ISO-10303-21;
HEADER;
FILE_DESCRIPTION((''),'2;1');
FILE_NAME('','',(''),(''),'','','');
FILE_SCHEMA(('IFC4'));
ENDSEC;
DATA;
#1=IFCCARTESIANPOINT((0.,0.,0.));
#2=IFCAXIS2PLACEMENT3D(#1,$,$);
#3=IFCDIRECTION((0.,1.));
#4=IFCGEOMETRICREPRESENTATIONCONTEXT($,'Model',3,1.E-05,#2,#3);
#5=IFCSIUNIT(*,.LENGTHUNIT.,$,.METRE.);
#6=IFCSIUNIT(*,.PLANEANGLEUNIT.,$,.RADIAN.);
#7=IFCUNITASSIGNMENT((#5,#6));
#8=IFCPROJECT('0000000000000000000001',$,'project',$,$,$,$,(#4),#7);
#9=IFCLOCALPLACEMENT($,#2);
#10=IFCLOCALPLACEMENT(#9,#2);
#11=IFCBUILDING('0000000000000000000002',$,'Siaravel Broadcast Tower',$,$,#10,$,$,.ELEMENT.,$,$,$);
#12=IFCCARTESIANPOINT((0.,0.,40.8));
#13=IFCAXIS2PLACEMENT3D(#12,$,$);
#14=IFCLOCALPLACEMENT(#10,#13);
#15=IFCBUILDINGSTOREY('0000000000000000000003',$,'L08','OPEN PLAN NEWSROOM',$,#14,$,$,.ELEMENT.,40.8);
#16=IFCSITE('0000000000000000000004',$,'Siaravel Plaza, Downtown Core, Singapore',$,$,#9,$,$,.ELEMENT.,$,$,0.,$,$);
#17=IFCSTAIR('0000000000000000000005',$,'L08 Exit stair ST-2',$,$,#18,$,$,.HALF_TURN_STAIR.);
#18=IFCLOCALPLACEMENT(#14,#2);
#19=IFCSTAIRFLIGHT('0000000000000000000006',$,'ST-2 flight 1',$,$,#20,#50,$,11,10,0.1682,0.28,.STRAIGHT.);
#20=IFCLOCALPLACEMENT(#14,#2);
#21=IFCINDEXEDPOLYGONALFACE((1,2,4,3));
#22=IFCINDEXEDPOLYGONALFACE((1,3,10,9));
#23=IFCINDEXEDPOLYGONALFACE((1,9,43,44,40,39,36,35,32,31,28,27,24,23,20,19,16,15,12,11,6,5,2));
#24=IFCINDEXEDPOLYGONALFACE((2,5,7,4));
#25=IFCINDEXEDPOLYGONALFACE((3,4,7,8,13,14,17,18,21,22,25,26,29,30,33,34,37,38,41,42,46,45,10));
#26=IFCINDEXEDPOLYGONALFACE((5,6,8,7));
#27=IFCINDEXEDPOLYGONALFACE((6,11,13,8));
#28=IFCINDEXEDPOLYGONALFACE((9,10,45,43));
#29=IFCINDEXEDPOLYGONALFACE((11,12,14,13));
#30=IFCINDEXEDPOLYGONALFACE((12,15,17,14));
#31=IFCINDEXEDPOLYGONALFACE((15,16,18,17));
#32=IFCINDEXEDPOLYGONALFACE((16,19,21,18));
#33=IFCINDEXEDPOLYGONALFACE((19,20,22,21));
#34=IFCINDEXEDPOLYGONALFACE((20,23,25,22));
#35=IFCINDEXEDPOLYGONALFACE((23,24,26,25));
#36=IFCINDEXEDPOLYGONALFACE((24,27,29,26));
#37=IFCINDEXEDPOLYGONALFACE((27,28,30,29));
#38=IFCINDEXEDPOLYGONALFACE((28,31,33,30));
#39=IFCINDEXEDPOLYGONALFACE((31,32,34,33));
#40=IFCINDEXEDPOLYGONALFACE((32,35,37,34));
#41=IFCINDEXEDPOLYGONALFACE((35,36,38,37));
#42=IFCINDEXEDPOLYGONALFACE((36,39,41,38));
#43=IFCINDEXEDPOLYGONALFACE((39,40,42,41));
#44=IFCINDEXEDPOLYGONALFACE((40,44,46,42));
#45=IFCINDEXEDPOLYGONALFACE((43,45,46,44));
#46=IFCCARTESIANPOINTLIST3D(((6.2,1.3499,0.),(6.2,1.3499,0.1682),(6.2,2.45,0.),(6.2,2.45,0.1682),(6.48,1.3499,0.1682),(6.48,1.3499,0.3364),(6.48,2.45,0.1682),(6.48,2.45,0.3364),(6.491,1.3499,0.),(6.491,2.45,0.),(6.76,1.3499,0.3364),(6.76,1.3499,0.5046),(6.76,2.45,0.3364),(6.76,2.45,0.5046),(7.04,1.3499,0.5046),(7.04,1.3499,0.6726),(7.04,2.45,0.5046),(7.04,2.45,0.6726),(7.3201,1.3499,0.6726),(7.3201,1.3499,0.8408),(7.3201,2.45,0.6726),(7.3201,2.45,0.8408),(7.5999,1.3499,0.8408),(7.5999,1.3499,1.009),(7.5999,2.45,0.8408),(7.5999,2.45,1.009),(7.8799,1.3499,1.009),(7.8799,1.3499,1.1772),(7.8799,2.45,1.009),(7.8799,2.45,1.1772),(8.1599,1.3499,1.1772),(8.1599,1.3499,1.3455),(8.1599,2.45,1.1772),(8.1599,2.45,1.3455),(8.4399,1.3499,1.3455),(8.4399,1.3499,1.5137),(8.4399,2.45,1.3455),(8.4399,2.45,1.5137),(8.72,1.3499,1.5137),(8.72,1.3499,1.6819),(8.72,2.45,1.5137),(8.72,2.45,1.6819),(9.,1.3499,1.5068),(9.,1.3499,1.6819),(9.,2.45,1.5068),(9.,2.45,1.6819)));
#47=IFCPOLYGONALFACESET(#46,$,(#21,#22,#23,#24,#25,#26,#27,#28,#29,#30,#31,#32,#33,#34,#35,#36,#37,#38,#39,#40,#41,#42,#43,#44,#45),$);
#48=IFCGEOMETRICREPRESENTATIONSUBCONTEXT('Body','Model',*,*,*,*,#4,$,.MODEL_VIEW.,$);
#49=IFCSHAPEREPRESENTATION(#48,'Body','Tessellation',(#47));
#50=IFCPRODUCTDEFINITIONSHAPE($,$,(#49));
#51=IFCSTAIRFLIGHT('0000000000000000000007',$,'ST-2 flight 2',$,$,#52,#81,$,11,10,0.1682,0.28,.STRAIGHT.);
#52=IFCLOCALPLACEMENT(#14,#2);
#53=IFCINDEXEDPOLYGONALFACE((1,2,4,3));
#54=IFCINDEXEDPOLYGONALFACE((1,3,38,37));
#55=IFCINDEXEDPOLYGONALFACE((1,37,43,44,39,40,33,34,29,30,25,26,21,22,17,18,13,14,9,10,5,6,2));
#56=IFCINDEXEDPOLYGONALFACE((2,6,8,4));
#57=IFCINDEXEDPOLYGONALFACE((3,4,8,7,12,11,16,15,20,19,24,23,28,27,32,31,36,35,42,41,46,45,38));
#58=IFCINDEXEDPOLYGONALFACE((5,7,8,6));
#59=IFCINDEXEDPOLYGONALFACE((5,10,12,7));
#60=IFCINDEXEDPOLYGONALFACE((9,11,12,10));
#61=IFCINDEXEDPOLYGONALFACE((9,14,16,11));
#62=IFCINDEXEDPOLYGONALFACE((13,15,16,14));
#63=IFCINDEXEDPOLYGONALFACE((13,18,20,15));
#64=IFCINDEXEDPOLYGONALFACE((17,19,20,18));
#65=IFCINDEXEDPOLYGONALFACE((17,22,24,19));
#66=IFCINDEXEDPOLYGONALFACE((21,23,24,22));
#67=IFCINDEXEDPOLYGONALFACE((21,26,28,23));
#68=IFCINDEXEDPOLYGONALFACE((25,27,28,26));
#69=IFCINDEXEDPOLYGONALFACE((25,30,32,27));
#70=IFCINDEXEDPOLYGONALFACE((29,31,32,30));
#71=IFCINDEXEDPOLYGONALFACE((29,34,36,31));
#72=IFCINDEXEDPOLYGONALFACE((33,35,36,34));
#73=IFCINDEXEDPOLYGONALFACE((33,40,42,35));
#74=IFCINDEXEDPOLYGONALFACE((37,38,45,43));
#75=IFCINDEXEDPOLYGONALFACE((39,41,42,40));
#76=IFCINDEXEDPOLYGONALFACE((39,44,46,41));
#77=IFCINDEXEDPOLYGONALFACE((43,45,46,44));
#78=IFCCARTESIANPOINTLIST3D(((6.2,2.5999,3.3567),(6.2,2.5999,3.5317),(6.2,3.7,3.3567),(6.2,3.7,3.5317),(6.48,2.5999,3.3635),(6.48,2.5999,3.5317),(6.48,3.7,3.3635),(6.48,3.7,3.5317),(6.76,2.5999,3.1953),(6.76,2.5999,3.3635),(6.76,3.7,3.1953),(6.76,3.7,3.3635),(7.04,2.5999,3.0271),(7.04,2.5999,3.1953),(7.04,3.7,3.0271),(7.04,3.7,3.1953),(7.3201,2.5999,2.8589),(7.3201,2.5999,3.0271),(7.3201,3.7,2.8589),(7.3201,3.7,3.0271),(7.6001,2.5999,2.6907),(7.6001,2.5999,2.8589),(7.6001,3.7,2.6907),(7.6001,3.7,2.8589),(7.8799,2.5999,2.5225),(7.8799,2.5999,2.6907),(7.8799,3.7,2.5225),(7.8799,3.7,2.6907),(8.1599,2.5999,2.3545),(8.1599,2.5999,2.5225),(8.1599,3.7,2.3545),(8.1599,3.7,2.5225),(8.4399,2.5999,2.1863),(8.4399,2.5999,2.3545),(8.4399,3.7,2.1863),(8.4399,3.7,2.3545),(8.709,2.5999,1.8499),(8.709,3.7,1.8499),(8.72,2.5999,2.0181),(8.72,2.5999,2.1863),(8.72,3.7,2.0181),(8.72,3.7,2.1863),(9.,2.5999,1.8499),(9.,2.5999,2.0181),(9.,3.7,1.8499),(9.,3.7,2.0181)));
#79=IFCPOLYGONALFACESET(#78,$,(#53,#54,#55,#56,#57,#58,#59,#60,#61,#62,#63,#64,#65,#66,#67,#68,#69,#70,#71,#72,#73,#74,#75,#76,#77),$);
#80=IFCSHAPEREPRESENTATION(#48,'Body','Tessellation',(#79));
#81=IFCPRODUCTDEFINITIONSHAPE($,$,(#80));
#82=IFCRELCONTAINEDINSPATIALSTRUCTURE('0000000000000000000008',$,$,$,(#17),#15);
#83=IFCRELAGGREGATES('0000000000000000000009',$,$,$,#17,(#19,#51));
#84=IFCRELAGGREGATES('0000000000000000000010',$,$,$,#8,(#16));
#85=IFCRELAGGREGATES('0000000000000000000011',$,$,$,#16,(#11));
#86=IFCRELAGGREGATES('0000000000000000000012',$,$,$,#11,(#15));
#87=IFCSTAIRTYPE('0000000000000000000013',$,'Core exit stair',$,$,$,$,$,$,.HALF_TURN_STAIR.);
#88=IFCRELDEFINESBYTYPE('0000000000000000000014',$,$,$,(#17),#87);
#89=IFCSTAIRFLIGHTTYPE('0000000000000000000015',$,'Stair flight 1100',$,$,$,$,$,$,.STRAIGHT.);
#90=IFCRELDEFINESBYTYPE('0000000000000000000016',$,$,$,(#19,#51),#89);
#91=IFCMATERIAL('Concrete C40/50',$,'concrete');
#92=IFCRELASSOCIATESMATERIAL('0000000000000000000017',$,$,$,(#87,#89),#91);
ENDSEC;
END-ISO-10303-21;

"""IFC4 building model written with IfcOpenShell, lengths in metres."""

from ifc_helpers import new_model, si_unit, direction, frame, origin, place, context, subcontext, project, spatial, polyline, outline, extrude, material, type_object, element, aggregate, save


model = new_model("IFC4")

# Units and contexts
model_context = context("Model", 3, precision=1e-05, world=origin(), true_north=direction((0.0, 1.0)))
body_context = subcontext(model_context, "Body", "Model", "MODEL_VIEW")
ifc_project = project(units=[si_unit("LENGTHUNIT", "METRE"), si_unit("PLANEANGLEUNIT", "RADIAN")], contexts=[model_context])

# Site, building, storey
site_placement = place(None, origin())
site = spatial("IfcSite", under=ifc_project, at=site_placement, Name="Siaravel Plaza, Downtown Core, Singapore", CompositionType="ELEMENT", RefElevation=0.0)
building_placement = place(site_placement, origin())
building = spatial("IfcBuilding", under=site, at=building_placement, Name="Siaravel Broadcast Tower", CompositionType="ELEMENT")
storey_placement = place(building_placement, frame((0.0, 0.0, 40.8)))
storey = spatial("IfcBuildingStorey", under=building, at=storey_placement, Name="L08", Description="OPEN PLAN NEWSROOM", CompositionType="ELEMENT", Elevation=40.8)

# Stair, stair flights
ifc_material_1 = material(Name="Concrete C40/50", Category="concrete")
stair_type = type_object("IfcStairType", Name="Core exit stair", PredefinedType="HALF_TURN_STAIR", material=ifc_material_1)
stair_placement = place(storey_placement, origin())
stair = element("IfcStair", 1, at=stair_placement, inside=storey, type_object=stair_type, Name="L08 Exit stair ST-2", PredefinedType="HALF_TURN_STAIR")
stair_flight_type = type_object("IfcStairFlightType", Name="Stair flight 1100", PredefinedType="STRAIGHT", material=ifc_material_1)
stair_flight_1_placement = place(storey_placement, frame((6.2, 1.8999, 0.0), z_axis=(0.0, 0.0, 1.0), x_axis=(1.0, 0.0, 0.0)))
stair_flight_1 = element("IfcStairFlight", 2, at=stair_flight_1_placement, type_object=stair_flight_type, Name="ST-2 flight 1", NumberOfRisers=11, NumberOfTreads=10, PredefinedType="STRAIGHT", RiserHeight=0.1682, TreadLength=0.28, context=body_context, shape_type="SweptSolid", body=[
    extrude(outline(polyline([(0.0, 0.0), (0.0, 0.1682), (0.28, 0.1682), (0.28, 0.3364), (0.5601, 0.3364), (0.5601, 0.5046), (0.8401, 0.5046), (0.8401, 0.6726), (1.1201, 0.6726), (1.1201, 0.8408), (1.3999, 0.8408), (1.3999, 1.009), (1.6799, 1.009), (1.6799, 1.1772), (1.96, 1.1772), (1.96, 1.3455), (2.24, 1.3455), (2.24, 1.5137), (2.52, 1.5137), (2.52, 1.6819), (2.8, 1.6819), (2.8, 1.8501), (2.8, 1.5068), (0.291, 0.0), (0.0, 0.0)])), frame((0.0, 0.55, 0.0), z_axis=(0.0, -1.0, 0.0), x_axis=(1.0, 0.0, 0.0)), (0.0, 0.0, 1.0), 1.1001),
])
stair_flight_2_placement = place(storey_placement, frame((9.0, 3.1499, 1.8499), z_axis=(0.0, 0.0, 1.0), x_axis=(-1.0, 0.0, 0.0)))
stair_flight_2 = element("IfcStairFlight", 3, at=stair_flight_2_placement, type_object=stair_flight_type, Name="ST-2 flight 2", NumberOfRisers=11, NumberOfTreads=10, PredefinedType="STRAIGHT", RiserHeight=0.1682, TreadLength=0.28, context=body_context, shape_type="SweptSolid", body=[
    extrude(outline(polyline([(0.0, 0.0), (0.0, 0.1682), (0.28, 0.1682), (0.28, 0.3364), (0.5601, 0.3364), (0.5601, 0.5046), (0.8401, 0.5046), (0.8401, 0.6726), (1.1201, 0.6726), (1.1201, 0.8408), (1.3999, 0.8408), (1.3999, 1.009), (1.6799, 1.009), (1.6799, 1.1772), (1.96, 1.1772), (1.96, 1.3455), (2.24, 1.3455), (2.24, 1.5137), (2.52, 1.5137), (2.52, 1.6819), (2.8, 1.6819), (2.8, 1.8501), (2.8, 1.5068), (0.291, 0.0), (0.0, 0.0)])), frame((0.0, 0.55, 0.0), z_axis=(0.0, -1.0, 0.0), x_axis=(1.0, 0.0, 0.0)), (0.0, 0.0, 1.0), 1.1001),
])
aggregate(stair, [stair_flight_1, stair_flight_2])

save(model, "model.ifc")
